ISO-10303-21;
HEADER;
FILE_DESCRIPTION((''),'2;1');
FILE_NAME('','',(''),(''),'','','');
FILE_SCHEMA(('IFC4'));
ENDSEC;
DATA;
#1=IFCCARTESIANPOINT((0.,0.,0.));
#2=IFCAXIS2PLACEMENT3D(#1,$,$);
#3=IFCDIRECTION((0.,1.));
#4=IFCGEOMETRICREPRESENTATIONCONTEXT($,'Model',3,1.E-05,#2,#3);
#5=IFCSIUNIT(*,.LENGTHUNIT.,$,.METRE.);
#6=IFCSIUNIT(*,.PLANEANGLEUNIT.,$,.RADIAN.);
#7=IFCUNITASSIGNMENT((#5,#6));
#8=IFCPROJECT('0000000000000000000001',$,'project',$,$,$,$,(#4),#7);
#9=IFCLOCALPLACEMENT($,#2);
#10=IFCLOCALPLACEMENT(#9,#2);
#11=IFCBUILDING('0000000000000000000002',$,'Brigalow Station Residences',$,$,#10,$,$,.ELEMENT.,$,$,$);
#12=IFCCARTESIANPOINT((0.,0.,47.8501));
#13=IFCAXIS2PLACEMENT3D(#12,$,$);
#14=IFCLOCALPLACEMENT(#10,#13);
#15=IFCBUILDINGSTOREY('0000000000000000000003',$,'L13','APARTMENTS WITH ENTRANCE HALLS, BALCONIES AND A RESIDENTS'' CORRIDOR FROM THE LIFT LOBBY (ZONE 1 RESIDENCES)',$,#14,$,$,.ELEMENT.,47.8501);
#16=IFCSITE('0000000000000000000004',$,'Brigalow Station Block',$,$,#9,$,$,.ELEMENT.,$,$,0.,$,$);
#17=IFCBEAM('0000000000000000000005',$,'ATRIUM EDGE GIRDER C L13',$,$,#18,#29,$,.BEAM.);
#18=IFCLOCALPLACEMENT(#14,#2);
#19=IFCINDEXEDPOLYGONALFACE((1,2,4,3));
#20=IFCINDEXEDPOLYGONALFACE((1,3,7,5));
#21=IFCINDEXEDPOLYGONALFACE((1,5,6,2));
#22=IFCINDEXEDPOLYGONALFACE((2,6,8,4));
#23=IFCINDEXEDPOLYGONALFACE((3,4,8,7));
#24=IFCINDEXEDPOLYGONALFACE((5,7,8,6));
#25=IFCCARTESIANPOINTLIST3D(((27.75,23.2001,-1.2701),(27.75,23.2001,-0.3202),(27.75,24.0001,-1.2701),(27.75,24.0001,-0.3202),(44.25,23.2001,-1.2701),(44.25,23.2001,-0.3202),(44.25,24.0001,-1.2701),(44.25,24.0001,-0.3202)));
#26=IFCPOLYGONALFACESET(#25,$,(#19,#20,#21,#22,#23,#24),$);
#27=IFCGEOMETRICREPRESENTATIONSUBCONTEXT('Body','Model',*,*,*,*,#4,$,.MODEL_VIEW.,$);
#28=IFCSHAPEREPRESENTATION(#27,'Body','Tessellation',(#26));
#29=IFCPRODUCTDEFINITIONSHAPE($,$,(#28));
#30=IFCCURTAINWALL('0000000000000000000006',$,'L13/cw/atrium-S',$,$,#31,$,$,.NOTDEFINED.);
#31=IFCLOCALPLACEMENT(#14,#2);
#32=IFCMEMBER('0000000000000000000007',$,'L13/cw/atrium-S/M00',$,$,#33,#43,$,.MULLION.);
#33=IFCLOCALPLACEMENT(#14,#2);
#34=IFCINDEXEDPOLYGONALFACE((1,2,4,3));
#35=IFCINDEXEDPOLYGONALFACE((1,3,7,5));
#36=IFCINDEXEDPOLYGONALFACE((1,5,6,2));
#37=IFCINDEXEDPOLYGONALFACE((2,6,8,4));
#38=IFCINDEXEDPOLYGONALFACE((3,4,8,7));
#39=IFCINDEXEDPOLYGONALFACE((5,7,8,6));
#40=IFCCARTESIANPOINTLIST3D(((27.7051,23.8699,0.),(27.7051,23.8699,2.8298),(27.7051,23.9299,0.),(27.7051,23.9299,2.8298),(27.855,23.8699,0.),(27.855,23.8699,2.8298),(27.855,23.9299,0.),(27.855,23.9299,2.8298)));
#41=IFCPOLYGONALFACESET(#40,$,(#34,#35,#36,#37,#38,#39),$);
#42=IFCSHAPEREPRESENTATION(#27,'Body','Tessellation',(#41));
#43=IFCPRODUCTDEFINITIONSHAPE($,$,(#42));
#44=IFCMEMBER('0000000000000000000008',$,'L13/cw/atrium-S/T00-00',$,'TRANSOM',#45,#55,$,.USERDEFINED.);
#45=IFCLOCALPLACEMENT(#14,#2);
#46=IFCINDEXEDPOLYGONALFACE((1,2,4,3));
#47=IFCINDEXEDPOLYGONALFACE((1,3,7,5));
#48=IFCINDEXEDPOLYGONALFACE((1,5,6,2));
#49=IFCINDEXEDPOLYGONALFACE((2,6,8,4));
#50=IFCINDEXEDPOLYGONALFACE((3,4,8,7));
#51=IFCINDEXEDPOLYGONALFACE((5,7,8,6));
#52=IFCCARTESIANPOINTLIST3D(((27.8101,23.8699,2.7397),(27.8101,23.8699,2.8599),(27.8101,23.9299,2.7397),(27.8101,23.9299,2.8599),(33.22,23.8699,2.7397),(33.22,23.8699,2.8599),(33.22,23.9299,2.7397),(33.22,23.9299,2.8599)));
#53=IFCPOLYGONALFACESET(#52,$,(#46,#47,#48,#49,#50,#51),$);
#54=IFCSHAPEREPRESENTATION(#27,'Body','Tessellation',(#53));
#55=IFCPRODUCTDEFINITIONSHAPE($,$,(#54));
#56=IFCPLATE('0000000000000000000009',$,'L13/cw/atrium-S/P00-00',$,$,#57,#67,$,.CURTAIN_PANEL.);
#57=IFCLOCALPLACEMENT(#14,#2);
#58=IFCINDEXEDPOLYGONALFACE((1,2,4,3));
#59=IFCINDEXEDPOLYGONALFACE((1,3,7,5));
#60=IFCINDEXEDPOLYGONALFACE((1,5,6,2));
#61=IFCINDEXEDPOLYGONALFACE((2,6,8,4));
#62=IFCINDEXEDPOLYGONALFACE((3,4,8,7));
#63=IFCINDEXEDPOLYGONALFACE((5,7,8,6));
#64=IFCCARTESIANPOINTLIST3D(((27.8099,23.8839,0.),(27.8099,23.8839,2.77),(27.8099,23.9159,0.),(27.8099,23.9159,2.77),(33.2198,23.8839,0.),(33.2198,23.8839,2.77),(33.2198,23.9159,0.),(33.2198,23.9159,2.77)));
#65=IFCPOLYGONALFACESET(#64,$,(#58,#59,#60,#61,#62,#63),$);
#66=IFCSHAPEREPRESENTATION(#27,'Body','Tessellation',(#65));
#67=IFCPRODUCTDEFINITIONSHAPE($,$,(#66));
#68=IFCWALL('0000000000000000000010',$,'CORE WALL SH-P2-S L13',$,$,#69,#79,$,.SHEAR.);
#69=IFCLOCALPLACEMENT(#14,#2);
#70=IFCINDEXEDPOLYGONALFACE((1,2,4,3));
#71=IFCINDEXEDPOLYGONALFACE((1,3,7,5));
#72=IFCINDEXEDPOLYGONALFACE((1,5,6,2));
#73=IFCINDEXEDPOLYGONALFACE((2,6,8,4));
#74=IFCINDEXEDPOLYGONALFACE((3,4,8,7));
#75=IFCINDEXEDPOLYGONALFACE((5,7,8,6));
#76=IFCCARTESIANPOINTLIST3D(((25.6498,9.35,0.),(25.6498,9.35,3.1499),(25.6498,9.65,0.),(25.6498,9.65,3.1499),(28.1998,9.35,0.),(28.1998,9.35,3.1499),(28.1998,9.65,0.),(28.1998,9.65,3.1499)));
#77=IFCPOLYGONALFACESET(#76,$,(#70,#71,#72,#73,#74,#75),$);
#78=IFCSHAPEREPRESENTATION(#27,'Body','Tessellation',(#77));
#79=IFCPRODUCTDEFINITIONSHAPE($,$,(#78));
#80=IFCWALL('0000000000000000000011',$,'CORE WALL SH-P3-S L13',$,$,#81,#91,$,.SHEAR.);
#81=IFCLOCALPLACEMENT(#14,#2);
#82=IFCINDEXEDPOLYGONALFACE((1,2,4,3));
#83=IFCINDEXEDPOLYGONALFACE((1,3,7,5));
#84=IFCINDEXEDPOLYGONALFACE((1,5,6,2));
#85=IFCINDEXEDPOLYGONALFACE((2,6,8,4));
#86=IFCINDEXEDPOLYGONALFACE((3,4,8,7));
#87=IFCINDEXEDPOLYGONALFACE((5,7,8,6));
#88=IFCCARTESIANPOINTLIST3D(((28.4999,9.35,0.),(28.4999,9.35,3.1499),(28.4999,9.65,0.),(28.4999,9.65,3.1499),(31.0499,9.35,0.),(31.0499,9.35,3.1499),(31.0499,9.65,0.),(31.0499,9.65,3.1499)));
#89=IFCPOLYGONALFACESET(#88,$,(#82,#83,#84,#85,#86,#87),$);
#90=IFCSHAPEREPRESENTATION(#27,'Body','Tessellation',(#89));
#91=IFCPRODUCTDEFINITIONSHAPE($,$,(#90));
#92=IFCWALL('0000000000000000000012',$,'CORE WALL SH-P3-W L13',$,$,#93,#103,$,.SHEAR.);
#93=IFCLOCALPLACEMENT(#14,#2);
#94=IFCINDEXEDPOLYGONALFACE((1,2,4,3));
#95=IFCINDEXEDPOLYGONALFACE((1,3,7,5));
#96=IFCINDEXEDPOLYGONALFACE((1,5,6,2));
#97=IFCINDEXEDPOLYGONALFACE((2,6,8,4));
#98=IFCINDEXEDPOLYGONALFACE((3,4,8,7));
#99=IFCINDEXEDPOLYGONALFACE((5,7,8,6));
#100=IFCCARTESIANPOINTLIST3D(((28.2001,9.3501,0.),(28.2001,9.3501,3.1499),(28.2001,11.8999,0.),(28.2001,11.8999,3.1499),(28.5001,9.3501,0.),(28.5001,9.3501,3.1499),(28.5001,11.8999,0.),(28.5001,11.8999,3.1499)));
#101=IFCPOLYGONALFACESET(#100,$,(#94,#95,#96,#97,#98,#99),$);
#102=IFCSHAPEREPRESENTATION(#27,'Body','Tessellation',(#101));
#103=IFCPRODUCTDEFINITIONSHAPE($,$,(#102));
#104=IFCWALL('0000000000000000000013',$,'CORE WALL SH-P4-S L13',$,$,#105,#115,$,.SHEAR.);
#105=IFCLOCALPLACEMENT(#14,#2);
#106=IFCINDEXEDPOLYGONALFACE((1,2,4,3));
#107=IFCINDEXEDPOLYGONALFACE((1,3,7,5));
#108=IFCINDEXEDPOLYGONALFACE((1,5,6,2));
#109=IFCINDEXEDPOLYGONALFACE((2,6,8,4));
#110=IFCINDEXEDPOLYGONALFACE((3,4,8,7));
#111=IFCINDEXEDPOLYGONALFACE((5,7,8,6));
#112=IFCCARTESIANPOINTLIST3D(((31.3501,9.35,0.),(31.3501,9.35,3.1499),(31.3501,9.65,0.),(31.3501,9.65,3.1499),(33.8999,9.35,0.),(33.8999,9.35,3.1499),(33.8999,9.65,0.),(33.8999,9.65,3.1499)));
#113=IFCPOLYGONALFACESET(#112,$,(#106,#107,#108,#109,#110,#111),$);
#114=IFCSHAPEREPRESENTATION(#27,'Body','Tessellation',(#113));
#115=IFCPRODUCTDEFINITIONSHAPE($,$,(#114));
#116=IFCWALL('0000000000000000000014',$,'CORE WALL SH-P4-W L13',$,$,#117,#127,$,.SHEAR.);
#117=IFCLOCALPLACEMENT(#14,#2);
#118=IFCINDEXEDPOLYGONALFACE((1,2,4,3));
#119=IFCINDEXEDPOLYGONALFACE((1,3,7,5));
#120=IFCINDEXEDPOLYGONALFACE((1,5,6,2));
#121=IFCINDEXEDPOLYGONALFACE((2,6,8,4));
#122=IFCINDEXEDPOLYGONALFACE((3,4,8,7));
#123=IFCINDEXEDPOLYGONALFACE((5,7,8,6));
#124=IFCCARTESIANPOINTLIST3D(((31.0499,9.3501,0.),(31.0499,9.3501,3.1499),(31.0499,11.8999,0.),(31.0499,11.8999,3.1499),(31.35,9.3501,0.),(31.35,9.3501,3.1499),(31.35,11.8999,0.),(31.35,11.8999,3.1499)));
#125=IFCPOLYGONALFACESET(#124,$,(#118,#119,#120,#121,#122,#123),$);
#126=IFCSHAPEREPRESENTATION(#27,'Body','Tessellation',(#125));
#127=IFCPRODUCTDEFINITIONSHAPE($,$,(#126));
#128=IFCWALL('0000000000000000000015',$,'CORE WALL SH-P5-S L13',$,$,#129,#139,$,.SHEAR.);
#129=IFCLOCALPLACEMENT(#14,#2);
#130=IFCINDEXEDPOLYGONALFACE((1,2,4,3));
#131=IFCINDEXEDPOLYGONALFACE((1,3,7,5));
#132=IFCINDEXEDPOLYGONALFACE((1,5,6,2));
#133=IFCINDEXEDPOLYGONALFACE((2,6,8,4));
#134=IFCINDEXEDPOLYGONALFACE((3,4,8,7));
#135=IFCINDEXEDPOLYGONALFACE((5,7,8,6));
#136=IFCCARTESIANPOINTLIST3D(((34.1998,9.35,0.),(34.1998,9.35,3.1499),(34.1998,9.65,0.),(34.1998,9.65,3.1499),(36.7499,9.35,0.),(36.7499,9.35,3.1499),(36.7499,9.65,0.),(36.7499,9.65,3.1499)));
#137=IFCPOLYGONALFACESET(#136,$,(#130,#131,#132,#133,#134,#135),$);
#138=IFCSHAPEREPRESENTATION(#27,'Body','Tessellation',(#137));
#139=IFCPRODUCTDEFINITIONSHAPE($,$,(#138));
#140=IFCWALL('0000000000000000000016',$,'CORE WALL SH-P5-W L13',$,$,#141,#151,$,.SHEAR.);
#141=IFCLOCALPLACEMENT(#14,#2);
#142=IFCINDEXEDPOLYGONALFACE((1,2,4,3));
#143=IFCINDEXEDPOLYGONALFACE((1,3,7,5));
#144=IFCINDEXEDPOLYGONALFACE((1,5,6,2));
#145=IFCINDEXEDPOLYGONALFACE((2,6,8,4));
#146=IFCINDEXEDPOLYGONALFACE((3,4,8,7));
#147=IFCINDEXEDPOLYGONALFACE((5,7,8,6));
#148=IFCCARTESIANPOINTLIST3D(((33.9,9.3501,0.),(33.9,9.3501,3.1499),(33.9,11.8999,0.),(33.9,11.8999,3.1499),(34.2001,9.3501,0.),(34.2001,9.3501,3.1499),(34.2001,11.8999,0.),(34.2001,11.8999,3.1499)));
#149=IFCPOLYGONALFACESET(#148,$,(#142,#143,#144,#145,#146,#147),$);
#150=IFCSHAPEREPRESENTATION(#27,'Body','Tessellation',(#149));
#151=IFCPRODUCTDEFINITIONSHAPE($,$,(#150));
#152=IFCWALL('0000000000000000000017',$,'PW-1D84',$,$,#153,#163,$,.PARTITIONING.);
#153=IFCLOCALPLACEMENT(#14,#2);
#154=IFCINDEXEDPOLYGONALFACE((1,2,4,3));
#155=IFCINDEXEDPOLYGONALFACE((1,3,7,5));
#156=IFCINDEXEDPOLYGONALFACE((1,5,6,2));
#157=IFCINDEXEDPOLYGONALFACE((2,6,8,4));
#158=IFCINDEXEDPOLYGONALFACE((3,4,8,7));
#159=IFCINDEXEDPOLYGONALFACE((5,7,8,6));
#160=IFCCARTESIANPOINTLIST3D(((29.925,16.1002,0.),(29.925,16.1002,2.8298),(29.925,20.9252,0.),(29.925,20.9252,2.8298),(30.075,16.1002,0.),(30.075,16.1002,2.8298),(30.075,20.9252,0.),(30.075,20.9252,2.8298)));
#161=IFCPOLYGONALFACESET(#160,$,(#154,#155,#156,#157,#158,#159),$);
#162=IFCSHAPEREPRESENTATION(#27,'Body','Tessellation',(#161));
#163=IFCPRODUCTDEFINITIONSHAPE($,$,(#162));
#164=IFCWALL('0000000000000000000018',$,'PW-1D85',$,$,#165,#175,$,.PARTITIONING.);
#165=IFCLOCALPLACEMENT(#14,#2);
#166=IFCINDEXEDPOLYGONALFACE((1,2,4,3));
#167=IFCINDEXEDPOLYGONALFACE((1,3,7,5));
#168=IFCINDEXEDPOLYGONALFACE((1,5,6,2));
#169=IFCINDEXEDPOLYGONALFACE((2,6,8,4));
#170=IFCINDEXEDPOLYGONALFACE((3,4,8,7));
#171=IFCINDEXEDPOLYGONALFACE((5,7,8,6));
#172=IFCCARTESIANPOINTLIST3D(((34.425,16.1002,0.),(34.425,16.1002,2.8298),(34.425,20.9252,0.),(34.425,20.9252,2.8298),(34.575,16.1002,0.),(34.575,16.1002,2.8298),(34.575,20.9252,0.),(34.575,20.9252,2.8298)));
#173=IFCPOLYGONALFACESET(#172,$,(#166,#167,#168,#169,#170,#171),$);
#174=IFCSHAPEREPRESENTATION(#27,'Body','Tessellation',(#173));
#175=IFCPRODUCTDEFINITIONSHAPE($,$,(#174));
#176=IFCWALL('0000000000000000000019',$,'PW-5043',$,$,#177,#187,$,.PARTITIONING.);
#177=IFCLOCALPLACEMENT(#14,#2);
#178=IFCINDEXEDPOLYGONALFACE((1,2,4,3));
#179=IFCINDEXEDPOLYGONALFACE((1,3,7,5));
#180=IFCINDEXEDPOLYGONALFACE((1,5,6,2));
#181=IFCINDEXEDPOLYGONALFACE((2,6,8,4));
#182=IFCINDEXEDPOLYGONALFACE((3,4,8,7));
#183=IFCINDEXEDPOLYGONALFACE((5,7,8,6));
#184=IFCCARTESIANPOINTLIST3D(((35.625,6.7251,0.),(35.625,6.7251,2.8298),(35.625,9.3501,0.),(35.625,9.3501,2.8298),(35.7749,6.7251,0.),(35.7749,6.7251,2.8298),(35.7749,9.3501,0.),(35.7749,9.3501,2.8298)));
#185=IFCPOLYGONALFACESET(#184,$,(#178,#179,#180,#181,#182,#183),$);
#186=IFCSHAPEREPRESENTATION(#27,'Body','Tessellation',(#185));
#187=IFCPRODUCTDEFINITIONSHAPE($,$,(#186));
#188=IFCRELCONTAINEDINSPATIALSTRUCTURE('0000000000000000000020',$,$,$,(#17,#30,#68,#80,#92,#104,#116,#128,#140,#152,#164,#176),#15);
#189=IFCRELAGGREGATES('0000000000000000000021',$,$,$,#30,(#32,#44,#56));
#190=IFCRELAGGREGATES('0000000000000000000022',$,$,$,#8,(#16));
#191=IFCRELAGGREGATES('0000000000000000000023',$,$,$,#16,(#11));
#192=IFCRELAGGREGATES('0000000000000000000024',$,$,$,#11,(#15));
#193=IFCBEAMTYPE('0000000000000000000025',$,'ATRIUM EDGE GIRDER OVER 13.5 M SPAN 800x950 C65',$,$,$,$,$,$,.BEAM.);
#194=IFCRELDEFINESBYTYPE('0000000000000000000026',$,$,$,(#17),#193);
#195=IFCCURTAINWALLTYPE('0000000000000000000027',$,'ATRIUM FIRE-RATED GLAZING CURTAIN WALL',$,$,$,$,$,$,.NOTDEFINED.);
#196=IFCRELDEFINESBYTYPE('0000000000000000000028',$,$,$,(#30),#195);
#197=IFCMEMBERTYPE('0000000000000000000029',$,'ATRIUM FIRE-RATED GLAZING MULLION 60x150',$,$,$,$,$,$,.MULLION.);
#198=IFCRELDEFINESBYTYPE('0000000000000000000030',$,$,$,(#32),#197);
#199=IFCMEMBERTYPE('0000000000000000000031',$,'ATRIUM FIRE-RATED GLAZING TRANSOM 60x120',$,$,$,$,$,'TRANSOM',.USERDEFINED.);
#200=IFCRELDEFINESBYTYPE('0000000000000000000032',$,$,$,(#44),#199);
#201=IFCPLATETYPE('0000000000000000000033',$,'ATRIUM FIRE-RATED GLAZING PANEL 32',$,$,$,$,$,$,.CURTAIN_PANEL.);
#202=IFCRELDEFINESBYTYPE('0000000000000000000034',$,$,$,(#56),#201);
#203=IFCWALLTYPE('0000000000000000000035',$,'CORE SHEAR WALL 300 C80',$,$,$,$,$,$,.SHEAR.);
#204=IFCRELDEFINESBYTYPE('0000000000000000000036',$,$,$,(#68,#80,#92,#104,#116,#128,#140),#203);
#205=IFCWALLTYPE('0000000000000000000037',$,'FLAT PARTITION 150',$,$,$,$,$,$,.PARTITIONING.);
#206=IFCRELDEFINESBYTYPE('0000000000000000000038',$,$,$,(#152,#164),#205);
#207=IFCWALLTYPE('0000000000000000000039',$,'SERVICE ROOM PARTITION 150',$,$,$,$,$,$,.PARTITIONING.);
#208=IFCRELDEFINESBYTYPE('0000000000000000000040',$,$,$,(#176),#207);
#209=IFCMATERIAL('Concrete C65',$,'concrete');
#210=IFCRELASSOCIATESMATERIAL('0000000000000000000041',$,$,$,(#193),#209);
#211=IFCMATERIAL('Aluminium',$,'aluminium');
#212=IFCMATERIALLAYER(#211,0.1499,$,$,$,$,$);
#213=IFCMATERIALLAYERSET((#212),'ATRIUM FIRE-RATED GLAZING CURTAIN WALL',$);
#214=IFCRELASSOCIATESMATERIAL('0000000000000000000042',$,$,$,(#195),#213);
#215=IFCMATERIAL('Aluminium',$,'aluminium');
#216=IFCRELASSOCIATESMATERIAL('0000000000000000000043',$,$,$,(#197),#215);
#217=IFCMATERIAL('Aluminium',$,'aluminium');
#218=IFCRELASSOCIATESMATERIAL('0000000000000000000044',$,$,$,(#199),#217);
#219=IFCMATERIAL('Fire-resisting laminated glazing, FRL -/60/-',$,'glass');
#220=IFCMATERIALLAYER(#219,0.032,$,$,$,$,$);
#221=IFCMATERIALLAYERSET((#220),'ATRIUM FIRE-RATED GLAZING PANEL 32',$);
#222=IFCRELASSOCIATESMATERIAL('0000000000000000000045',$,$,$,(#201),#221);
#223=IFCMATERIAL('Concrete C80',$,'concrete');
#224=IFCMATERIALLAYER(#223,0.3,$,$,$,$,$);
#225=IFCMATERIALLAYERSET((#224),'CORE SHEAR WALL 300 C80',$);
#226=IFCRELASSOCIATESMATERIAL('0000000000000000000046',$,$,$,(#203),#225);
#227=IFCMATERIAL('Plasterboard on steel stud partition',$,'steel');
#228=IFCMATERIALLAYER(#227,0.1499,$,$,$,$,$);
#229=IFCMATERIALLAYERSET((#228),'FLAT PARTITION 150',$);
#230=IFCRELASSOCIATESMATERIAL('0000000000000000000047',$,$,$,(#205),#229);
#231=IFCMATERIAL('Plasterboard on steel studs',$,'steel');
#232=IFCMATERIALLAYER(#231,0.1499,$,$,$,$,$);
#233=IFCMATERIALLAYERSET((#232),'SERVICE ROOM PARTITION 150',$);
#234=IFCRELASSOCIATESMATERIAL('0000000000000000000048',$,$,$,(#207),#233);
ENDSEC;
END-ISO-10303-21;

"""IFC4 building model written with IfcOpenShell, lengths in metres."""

from ifc_helpers import new_model, si_unit, direction, frame, frame_2d, origin, origin_2d, place, context, subcontext, project, spatial, rectangle, extrude, material, layer, layer_set, material_profile, profile_set, type_object, element, aggregate, save


model = new_model("IFC4")

# Units and contexts
model_context = context("Model", 3, precision=1e-05, world=origin(), true_north=direction((0.0, 1.0)))
body_context = subcontext(model_context, "Body", "Model", "MODEL_VIEW")
ifc_project = project(units=[si_unit("LENGTHUNIT", "METRE"), si_unit("PLANEANGLEUNIT", "RADIAN")], contexts=[model_context])

# Site, building, storey
site_placement = place(None, origin())
site = spatial("IfcSite", under=ifc_project, at=site_placement, Name="Brigalow Station Block", CompositionType="ELEMENT", RefElevation=0.0)
building_placement = place(site_placement, origin())
building = spatial("IfcBuilding", under=site, at=building_placement, Name="Brigalow Station Residences", CompositionType="ELEMENT")
storey_placement = place(building_placement, frame((0.0, 0.0, 47.8501)))
storey = spatial("IfcBuildingStorey", under=building, at=storey_placement, Name="L13", Description="APARTMENTS WITH ENTRANCE HALLS, BALCONIES AND A RESIDENTS' CORRIDOR FROM THE LIFT LOBBY (ZONE 1 RESIDENCES)", CompositionType="ELEMENT", Elevation=47.8501)

# Beam
ifc_material_1 = material(Name="Concrete C65", Category="concrete")
ifc_material_profile_1 = material_profile(ifc_material_1, rectangle(XDim=0.8, YDim=0.95, at=origin_2d()), Name="RC800x950")
ifc_profile_set_1 = profile_set([ifc_material_profile_1], Name="Concrete C65")
beam_type = type_object("IfcBeamType", Name="ATRIUM EDGE GIRDER OVER 13.5 M SPAN 800x950 C65", PredefinedType="BEAM", material=ifc_profile_set_1)
beam_placement = place(storey_placement, frame((27.75, 23.6001, -0.7952), z_axis=(1.0, 0.0, 0.0), x_axis=(0.0, 1.0, 0.0)))
element("IfcBeam", 1, at=beam_placement, inside=storey, type_object=beam_type, Name="ATRIUM EDGE GIRDER C L13", PredefinedType="BEAM", context=body_context, shape_type="SweptSolid", body=[
    extrude(rectangle(XDim=0.8, YDim=0.95, at=origin_2d()), origin(), (0.0, 0.0, 1.0), 16.5),
])

# Curtain wall, members, plate
ifc_material_2 = material(Name="Aluminium", Category="aluminium")
ifc_layer_1 = layer(ifc_material_2, 0.1499)
ifc_layer_set_1 = layer_set([ifc_layer_1], Name="ATRIUM FIRE-RATED GLAZING CURTAIN WALL")
curtain_wall_type = type_object("IfcCurtainWallType", Name="ATRIUM FIRE-RATED GLAZING CURTAIN WALL", PredefinedType="NOTDEFINED", material=ifc_layer_set_1)
curtain_wall_placement = place(storey_placement, origin())
curtain_wall = element("IfcCurtainWall", 2, at=curtain_wall_placement, inside=storey, type_object=curtain_wall_type, Name="L13/cw/atrium-S", PredefinedType="NOTDEFINED")
ifc_material_3 = material(Name="Aluminium", Category="aluminium")
ifc_material_profile_2 = material_profile(ifc_material_3, rectangle(XDim=0.0601, YDim=0.1499, at=origin_2d()), Name="ATRIUM FIRE-RATED GLAZING MULLION 60x150")
ifc_profile_set_2 = profile_set([ifc_material_profile_2], Name="Aluminium")
member_type_1 = type_object("IfcMemberType", Name="ATRIUM FIRE-RATED GLAZING MULLION 60x150", PredefinedType="MULLION", material=ifc_profile_set_2)
member_1_placement = place(storey_placement, frame((27.78, 23.8999, 0.0), z_axis=(0.0, 0.0, 1.0), x_axis=(0.0, 1.0, 0.0)))
member_1 = element("IfcMember", 3, at=member_1_placement, type_object=member_type_1, Name="L13/cw/atrium-S/M00", PredefinedType="MULLION", context=body_context, shape_type="SweptSolid", body=[
    extrude(rectangle(XDim=0.0601, YDim=0.1499, at=origin_2d()), origin(), (0.0, 0.0, 1.0), 2.8298),
])
ifc_material_4 = material(Name="Aluminium", Category="aluminium")
ifc_material_profile_3 = material_profile(ifc_material_4, rectangle(XDim=0.0601, YDim=0.1201, at=origin_2d()), Name="ATRIUM FIRE-RATED GLAZING TRANSOM 60x120")
ifc_profile_set_3 = profile_set([ifc_material_profile_3], Name="Aluminium")
member_type_2 = type_object("IfcMemberType", Name="ATRIUM FIRE-RATED GLAZING TRANSOM 60x120", ElementType="TRANSOM", PredefinedType="USERDEFINED", material=ifc_profile_set_3)
member_2_placement = place(storey_placement, frame((27.8101, 23.8999, 2.7998), z_axis=(1.0, 0.0, 0.0), x_axis=(0.0, 1.0, 0.0)))
member_2 = element("IfcMember", 4, at=member_2_placement, type_object=member_type_2, Name="L13/cw/atrium-S/T00-00", ObjectType="TRANSOM", PredefinedType="USERDEFINED", context=body_context, shape_type="SweptSolid", body=[
    extrude(rectangle(XDim=0.0601, YDim=0.1201, at=origin_2d()), origin(), (0.0, 0.0, 1.0), 5.4099),
])
ifc_material_5 = material(Name="Fire-resisting laminated glazing, FRL -/60/-", Category="glass")
ifc_layer_2 = layer(ifc_material_5, 0.032)
ifc_layer_set_2 = layer_set([ifc_layer_2], Name="ATRIUM FIRE-RATED GLAZING PANEL 32")
plate_type = type_object("IfcPlateType", Name="ATRIUM FIRE-RATED GLAZING PANEL 32", PredefinedType="CURTAIN_PANEL", material=ifc_layer_set_2)
plate_placement = place(storey_placement, frame((30.5149, 23.8999, 0.0), z_axis=(0.0, 0.0, 1.0), x_axis=(1.0, 0.0, 0.0)))
plate = element("IfcPlate", 5, at=plate_placement, type_object=plate_type, Name="L13/cw/atrium-S/P00-00", PredefinedType="CURTAIN_PANEL", context=body_context, shape_type="SweptSolid", body=[
    extrude(rectangle(XDim=5.4099, YDim=0.032, at=origin_2d()), origin(), (0.0, 0.0, 1.0), 2.77),
])
aggregate(curtain_wall, [member_1, member_2, plate])

# Walls
ifc_material_6 = material(Name="Concrete C80", Category="concrete")
ifc_layer_3 = layer(ifc_material_6, 0.3)
ifc_layer_set_3 = layer_set([ifc_layer_3], Name="CORE SHEAR WALL 300 C80")
wall_type_1 = type_object("IfcWallType", Name="CORE SHEAR WALL 300 C80", PredefinedType="SHEAR", material=ifc_layer_set_3)
for number, where, z_axis, x_axis, name in (
    (6, (25.6499, 9.5, 0.0), (0.0, 0.0, 1.0), (1.0, 0.0, 0.0), "CORE WALL SH-P2-S L13"),
    (7, (28.5, 9.5, 0.0), (0.0, 0.0, 1.0), (1.0, 0.0, 0.0), "CORE WALL SH-P3-S L13"),
):
    element("IfcWall", number, at=place(storey_placement, frame(where, z_axis=z_axis, x_axis=x_axis)), inside=storey, type_object=wall_type_1, Name=name, PredefinedType="SHEAR", context=body_context, shape_type="SweptSolid", body=[
        extrude(rectangle(XDim=2.55, YDim=0.3, at=frame_2d((1.2749, 0.0))), origin(), (0.0, 0.0, 1.0), 3.1499),
    ])
for number, where, z_axis, x_axis, name in (
    (8, (28.3501, 9.3501, 0.0), (0.0, 0.0, 1.0), (0.0, 1.0, 0.0), "CORE WALL SH-P3-W L13"),
    (9, (31.3501, 9.5, 0.0), (0.0, 0.0, 1.0), (1.0, 0.0, 0.0), "CORE WALL SH-P4-S L13"),
    (10, (31.2, 9.3501, 0.0), (0.0, 0.0, 1.0), (0.0, 1.0, 0.0), "CORE WALL SH-P4-W L13"),
):
    element("IfcWall", number, at=place(storey_placement, frame(where, z_axis=z_axis, x_axis=x_axis)), inside=storey, type_object=wall_type_1, Name=name, PredefinedType="SHEAR", context=body_context, shape_type="SweptSolid", body=[
        extrude(rectangle(XDim=2.5498, YDim=0.3, at=frame_2d((1.2749, 0.0))), origin(), (0.0, 0.0, 1.0), 3.1499),
    ])
wall_1_placement = place(storey_placement, frame((34.2, 9.5, 0.0), z_axis=(0.0, 0.0, 1.0), x_axis=(1.0, 0.0, 0.0)))
element("IfcWall", 11, at=wall_1_placement, inside=storey, type_object=wall_type_1, Name="CORE WALL SH-P5-S L13", PredefinedType="SHEAR", context=body_context, shape_type="SweptSolid", body=[
    extrude(rectangle(XDim=2.55, YDim=0.3, at=frame_2d((1.2749, 0.0))), origin(), (0.0, 0.0, 1.0), 3.1499),
])
wall_2_placement = place(storey_placement, frame((34.05, 9.3501, 0.0), z_axis=(0.0, 0.0, 1.0), x_axis=(0.0, 1.0, 0.0)))
element("IfcWall", 12, at=wall_2_placement, inside=storey, type_object=wall_type_1, Name="CORE WALL SH-P5-W L13", PredefinedType="SHEAR", context=body_context, shape_type="SweptSolid", body=[
    extrude(rectangle(XDim=2.5498, YDim=0.3, at=frame_2d((1.2749, 0.0))), origin(), (0.0, 0.0, 1.0), 3.1499),
])
ifc_material_7 = material(Name="Plasterboard on steel stud partition", Category="steel")
ifc_layer_4 = layer(ifc_material_7, 0.1499)
ifc_layer_set_4 = layer_set([ifc_layer_4], Name="FLAT PARTITION 150")
wall_type_2 = type_object("IfcWallType", Name="FLAT PARTITION 150", PredefinedType="PARTITIONING", material=ifc_layer_set_4)
for number, where, z_axis, x_axis, name in (
    (13, (30.0, 16.1001, 0.0), (0.0, 0.0, 1.0), (0.0, 1.0, 0.0), "PW-1D84"),
    (14, (34.5, 16.1001, 0.0), (0.0, 0.0, 1.0), (0.0, 1.0, 0.0), "PW-1D85"),
):
    element("IfcWall", number, at=place(storey_placement, frame(where, z_axis=z_axis, x_axis=x_axis)), inside=storey, type_object=wall_type_2, Name=name, PredefinedType="PARTITIONING", context=body_context, shape_type="SweptSolid", body=[
        extrude(rectangle(XDim=4.825, YDim=0.1499, at=frame_2d((2.4126, 0.0))), origin(), (0.0, 0.0, 1.0), 2.8298),
    ])
ifc_material_8 = material(Name="Plasterboard on steel studs", Category="steel")
ifc_layer_5 = layer(ifc_material_8, 0.1499)
ifc_layer_set_5 = layer_set([ifc_layer_5], Name="SERVICE ROOM PARTITION 150")
wall_type_3 = type_object("IfcWallType", Name="SERVICE ROOM PARTITION 150", PredefinedType="PARTITIONING", material=ifc_layer_set_5)
wall_3_placement = place(storey_placement, frame((35.7, 6.7251, 0.0), z_axis=(0.0, 0.0, 1.0), x_axis=(0.0, 1.0, 0.0)))
element("IfcWall", 15, at=wall_3_placement, inside=storey, type_object=wall_type_3, Name="PW-5043", PredefinedType="PARTITIONING", context=body_context, shape_type="SweptSolid", body=[
    extrude(rectangle(XDim=2.625, YDim=0.1499, at=frame_2d((1.3125, 0.0))), origin(), (0.0, 0.0, 1.0), 2.8298),
])

save(model, "model.ifc")
